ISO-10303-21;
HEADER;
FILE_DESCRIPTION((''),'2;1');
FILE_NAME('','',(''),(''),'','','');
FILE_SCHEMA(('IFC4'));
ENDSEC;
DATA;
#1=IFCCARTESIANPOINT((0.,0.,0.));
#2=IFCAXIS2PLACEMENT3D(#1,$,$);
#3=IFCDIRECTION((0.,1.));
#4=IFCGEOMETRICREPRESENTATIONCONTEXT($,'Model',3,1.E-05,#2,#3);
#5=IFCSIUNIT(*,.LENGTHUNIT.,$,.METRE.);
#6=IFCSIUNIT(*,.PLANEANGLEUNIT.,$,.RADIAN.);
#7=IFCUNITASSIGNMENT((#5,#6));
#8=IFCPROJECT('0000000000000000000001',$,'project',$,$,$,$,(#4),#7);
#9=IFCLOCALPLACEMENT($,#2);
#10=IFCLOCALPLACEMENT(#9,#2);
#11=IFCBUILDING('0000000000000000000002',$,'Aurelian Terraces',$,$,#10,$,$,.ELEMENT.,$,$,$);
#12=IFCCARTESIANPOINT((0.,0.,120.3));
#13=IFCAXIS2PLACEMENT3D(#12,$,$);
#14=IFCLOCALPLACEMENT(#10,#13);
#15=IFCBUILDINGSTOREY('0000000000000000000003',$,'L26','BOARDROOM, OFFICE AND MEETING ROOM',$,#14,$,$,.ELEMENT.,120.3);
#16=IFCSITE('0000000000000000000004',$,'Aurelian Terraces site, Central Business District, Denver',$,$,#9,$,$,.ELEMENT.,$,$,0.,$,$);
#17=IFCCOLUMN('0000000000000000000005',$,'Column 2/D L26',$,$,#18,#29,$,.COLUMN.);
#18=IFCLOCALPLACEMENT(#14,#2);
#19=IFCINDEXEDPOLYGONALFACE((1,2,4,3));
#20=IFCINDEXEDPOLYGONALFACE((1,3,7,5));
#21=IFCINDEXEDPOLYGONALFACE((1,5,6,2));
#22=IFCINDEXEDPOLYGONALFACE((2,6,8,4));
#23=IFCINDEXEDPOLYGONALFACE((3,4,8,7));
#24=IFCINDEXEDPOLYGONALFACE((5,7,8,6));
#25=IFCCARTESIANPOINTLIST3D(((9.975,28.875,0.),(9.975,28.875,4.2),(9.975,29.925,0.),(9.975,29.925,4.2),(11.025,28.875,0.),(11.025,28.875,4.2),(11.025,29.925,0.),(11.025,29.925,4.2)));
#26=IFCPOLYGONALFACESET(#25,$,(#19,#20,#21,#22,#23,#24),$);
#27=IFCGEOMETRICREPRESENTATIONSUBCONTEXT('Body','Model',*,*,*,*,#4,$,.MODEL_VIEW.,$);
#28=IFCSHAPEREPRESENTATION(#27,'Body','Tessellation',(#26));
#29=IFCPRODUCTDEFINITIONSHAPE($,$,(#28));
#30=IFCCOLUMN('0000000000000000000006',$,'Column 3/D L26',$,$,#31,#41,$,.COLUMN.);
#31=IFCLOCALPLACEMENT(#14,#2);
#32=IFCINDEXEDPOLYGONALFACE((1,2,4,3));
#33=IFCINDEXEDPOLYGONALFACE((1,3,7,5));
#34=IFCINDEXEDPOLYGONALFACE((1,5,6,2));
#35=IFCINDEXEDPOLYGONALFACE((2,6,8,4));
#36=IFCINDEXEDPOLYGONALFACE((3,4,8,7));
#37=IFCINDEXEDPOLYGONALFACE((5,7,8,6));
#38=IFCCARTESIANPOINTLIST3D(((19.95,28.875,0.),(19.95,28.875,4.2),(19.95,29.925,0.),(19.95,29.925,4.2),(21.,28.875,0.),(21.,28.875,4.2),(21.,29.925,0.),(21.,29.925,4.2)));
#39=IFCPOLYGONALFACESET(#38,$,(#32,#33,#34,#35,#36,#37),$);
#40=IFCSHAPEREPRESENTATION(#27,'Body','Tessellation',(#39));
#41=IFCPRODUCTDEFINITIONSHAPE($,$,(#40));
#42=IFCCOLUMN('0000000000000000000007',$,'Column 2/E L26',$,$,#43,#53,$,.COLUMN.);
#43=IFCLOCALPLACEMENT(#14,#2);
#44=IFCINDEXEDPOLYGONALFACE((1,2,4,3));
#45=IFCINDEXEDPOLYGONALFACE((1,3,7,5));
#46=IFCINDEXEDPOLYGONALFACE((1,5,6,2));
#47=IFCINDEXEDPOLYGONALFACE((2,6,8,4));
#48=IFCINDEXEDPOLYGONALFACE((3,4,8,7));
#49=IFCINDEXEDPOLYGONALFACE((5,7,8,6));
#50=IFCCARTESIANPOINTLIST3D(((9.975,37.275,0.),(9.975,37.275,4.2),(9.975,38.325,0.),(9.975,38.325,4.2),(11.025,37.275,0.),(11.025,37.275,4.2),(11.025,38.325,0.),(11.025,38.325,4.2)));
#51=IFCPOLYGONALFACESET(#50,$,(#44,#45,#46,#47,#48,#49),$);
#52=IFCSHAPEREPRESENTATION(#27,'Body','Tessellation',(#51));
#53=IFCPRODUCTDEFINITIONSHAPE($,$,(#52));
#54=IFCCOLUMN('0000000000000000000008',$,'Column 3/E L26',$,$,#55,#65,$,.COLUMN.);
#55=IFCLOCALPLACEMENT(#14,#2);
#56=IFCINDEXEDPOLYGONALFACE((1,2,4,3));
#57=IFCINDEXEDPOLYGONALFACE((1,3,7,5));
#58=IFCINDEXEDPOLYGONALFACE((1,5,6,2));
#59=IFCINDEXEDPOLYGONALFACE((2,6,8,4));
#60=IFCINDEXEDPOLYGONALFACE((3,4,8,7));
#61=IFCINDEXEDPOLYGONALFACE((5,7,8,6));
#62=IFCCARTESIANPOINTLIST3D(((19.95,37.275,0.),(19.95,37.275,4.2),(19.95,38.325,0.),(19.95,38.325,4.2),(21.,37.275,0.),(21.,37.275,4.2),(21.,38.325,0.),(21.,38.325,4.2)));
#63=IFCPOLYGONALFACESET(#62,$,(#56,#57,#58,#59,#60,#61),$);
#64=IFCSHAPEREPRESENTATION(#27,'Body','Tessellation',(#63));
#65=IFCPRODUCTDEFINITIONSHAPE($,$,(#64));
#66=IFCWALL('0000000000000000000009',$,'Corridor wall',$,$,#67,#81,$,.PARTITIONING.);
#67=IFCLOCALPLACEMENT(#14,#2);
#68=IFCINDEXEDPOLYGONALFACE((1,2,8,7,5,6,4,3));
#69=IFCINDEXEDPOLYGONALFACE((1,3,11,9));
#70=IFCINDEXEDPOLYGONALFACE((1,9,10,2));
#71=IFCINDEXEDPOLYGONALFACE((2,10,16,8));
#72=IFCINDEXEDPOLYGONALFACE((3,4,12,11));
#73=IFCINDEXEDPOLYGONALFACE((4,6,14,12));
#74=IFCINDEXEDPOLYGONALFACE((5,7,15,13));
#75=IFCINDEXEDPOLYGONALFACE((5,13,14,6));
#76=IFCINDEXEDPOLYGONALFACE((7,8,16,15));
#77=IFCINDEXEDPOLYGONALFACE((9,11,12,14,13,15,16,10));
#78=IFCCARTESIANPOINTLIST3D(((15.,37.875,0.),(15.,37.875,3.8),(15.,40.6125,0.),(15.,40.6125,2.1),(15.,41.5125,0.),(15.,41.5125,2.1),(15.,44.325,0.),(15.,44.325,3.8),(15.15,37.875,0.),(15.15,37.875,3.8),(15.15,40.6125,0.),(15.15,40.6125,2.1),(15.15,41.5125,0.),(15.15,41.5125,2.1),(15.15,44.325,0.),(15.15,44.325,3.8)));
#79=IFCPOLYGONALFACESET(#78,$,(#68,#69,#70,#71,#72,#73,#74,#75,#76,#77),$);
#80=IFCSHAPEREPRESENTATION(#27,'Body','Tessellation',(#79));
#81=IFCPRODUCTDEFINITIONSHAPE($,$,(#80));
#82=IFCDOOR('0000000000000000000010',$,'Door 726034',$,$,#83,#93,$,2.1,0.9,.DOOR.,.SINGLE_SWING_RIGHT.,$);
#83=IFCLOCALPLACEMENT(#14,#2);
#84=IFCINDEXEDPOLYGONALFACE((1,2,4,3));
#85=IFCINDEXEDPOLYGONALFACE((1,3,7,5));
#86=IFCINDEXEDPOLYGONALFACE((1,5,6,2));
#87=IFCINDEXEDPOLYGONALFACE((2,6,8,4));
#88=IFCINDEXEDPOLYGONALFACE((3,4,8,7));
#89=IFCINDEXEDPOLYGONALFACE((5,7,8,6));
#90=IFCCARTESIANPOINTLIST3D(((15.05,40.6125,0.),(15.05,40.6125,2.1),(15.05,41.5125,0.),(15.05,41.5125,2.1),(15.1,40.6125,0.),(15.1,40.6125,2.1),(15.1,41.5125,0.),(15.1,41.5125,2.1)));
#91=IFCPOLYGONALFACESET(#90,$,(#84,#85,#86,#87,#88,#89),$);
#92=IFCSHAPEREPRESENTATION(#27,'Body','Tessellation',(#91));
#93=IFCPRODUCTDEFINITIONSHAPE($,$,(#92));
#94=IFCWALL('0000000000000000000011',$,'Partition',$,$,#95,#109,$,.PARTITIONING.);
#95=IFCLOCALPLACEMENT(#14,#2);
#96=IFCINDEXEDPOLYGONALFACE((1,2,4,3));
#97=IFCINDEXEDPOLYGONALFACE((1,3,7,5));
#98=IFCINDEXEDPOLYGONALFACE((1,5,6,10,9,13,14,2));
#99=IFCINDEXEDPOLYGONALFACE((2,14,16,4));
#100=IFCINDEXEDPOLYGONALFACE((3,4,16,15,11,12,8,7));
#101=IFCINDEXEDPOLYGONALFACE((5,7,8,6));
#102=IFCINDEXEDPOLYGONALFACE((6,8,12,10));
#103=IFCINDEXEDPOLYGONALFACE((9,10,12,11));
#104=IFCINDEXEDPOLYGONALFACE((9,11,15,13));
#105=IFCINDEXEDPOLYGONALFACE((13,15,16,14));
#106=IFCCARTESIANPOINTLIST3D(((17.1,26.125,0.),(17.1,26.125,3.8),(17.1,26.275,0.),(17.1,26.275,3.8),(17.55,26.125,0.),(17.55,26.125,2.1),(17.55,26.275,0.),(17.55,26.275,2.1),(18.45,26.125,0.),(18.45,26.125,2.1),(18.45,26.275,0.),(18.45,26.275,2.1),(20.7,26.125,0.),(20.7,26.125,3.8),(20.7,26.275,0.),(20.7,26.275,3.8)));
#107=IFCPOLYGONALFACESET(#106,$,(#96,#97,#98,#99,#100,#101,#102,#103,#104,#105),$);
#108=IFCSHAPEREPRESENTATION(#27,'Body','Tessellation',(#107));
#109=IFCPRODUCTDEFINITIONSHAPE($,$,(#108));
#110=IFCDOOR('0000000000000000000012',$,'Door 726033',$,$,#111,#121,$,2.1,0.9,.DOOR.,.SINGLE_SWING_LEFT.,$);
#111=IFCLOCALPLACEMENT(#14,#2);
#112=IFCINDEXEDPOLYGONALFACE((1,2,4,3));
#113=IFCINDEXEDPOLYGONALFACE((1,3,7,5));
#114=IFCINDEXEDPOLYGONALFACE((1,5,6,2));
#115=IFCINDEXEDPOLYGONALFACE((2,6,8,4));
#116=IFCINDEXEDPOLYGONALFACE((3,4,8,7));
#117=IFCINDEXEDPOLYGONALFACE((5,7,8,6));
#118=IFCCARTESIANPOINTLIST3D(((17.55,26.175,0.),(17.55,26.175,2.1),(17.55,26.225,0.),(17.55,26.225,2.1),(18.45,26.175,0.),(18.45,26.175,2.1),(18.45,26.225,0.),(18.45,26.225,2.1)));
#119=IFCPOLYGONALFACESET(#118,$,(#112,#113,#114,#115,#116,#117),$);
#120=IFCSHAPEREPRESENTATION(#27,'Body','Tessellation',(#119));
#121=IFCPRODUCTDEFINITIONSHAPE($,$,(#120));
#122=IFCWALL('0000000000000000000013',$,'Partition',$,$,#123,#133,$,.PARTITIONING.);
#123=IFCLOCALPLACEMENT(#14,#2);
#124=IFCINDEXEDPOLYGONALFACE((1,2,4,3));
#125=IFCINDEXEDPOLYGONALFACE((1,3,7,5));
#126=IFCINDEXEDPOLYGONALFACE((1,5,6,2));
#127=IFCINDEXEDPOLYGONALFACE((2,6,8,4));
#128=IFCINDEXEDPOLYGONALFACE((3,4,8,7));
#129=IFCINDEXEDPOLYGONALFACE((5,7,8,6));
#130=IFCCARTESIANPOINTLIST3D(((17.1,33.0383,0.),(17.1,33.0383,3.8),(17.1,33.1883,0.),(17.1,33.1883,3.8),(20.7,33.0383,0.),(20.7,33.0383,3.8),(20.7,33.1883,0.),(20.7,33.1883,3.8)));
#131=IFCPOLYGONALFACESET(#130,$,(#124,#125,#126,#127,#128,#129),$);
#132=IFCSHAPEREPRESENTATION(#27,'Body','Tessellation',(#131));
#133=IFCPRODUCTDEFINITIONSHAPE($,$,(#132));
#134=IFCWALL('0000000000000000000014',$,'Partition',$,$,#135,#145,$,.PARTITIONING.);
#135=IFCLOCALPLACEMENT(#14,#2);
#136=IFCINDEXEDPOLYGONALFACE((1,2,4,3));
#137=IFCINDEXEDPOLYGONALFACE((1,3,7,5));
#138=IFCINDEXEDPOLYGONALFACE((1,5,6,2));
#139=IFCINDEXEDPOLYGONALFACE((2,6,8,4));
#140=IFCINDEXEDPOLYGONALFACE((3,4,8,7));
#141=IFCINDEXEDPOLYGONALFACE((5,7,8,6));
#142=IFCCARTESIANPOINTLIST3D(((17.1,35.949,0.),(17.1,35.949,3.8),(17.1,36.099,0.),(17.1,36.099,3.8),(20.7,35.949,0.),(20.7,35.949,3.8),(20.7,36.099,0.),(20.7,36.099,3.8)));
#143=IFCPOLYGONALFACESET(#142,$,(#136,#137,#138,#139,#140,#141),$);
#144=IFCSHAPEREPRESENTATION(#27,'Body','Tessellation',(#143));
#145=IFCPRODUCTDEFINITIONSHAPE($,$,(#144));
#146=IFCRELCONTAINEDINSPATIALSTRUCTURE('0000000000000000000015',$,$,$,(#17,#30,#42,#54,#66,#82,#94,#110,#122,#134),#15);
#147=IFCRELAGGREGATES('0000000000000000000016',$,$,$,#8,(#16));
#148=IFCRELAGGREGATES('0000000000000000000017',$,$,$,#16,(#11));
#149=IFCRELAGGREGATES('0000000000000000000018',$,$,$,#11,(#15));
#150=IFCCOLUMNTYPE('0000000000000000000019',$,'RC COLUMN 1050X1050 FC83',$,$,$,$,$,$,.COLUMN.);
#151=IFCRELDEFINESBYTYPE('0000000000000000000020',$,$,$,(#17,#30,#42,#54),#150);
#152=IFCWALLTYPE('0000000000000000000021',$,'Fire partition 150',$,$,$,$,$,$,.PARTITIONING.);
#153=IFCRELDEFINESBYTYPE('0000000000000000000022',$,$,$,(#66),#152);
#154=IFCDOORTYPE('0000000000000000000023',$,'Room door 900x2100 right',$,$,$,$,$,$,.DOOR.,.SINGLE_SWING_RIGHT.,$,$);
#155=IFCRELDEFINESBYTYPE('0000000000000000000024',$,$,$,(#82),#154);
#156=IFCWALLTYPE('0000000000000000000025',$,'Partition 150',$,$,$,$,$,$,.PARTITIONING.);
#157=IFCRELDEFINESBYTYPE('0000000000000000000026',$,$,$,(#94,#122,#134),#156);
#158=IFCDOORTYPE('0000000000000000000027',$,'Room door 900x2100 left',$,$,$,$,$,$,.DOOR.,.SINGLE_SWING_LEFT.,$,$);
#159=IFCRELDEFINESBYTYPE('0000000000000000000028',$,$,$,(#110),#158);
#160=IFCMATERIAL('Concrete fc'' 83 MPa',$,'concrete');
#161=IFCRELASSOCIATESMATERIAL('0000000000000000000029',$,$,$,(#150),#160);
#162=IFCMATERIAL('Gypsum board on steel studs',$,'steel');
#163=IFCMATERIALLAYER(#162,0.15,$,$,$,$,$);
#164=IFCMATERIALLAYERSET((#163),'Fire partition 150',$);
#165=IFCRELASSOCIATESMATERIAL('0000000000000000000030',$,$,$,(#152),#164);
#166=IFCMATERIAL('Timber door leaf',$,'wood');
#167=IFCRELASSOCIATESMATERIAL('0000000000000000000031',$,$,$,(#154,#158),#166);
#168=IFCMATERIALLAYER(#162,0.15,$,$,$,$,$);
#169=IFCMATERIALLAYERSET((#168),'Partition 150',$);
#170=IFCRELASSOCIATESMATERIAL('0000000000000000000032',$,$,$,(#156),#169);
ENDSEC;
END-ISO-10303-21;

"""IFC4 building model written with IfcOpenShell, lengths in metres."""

from ifc_helpers import new_model, si_unit, direction, frame, frame_2d, origin, origin_2d, place, context, subcontext, project, spatial, rectangle, extrude, source, transform, mapped, material, layer, layer_set, material_profile, profile_set, type_object, element, fill, save


model = new_model("IFC4")

# Units and contexts
model_context = context("Model", 3, precision=1e-05, world=origin(), true_north=direction((0.0, 1.0)))
body_context = subcontext(model_context, "Body", "Model", "MODEL_VIEW")
ifc_project = project(units=[si_unit("LENGTHUNIT", "METRE"), si_unit("PLANEANGLEUNIT", "RADIAN")], contexts=[model_context])

# Site, building, storey
site_placement = place(None, origin())
site = spatial("IfcSite", under=ifc_project, at=site_placement, Name="Aurelian Terraces site, Central Business District, Denver", CompositionType="ELEMENT", RefElevation=0.0)
building_placement = place(site_placement, origin())
building = spatial("IfcBuilding", under=site, at=building_placement, Name="Aurelian Terraces", CompositionType="ELEMENT")
storey_placement = place(building_placement, frame((0.0, 0.0, 120.3)))
storey = spatial("IfcBuildingStorey", under=building, at=storey_placement, Name="L26", Description="BOARDROOM, OFFICE AND MEETING ROOM", CompositionType="ELEMENT", Elevation=120.3)

# Columns
ifc_material_1 = material(Name="Concrete fc' 83 MPa", Category="concrete")
ifc_material_profile = material_profile(ifc_material_1, rectangle(XDim=1.05, YDim=1.05, at=origin_2d()))
ifc_profile_set = profile_set([ifc_material_profile], Name="Concrete fc' 83 MPa")
column_type = type_object("IfcColumnType", Name="RC COLUMN 1050X1050 FC83", PredefinedType="COLUMN", material=ifc_profile_set)
shared_shape_1 = source(origin(), body_context, "Body", "SweptSolid", [
    extrude(rectangle(XDim=1.05, YDim=1.05, at=origin_2d()), origin(), (0.0, 0.0, 1.0), 4.2),
])
for number, where, z_axis, x_axis, name in (
    (1, (10.5, 29.4, 0.0), (0.0, 0.0, 1.0), (1.0, 0.0, 0.0), "Column 2/D L26"),
    (2, (20.475, 29.4, 0.0), (0.0, 0.0, 1.0), (1.0, 0.0, 0.0), "Column 3/D L26"),
    (3, (10.5, 37.8, 0.0), (0.0, 0.0, 1.0), (1.0, 0.0, 0.0), "Column 2/E L26"),
    (4, (20.475, 37.8, 0.0), (0.0, 0.0, 1.0), (1.0, 0.0, 0.0), "Column 3/E L26"),
):
    element("IfcColumn", number, at=place(storey_placement, frame(where, z_axis=z_axis, x_axis=x_axis)), inside=storey, type_object=column_type, Name=name, PredefinedType="COLUMN", context=body_context, shape_type="MappedRepresentation", body=[
        mapped(shared_shape_1, transform((0.0, 0.0, 0.0), scale=1.0)),
    ])

# Walls, openings, doors
ifc_material_2 = material(Name="Gypsum board on steel studs", Category="steel")
ifc_layer_1 = layer(ifc_material_2, 0.15)
ifc_layer_set_1 = layer_set([ifc_layer_1], Name="Fire partition 150")
wall_type_1 = type_object("IfcWallType", Name="Fire partition 150", PredefinedType="PARTITIONING", material=ifc_layer_set_1)
shared_shape_2 = source(origin(), body_context, "Body", "SweptSolid", [
    extrude(rectangle(XDim=6.45, YDim=0.15, at=frame_2d((3.225, 0.0))), origin(), (0.0, 0.0, 1.0), 3.8),
])
wall_1_placement = place(storey_placement, frame((15.075, 37.875, 0.0), z_axis=(0.0, 0.0, 1.0), x_axis=(0.0, 1.0, 0.0)))
wall_1 = element("IfcWall", 5, at=wall_1_placement, inside=storey, type_object=wall_type_1, Name="Corridor wall", PredefinedType="PARTITIONING", context=body_context, shape_type="MappedRepresentation", body=[
    mapped(shared_shape_2, transform((0.0, 0.0, 0.0), scale=1.0)),
])
shared_shape_3 = source(origin(), body_context, "Body", "SweptSolid", [
    extrude(rectangle(XDim=0.9, YDim=2.1, at=frame_2d((0.45, 1.05))), frame((0.0, 0.085, 0.0), z_axis=(0.0, -1.0, 0.0), x_axis=(1.0, 0.0, 0.0)), (0.0, 0.0, 1.0), 0.17),
])
opening_1_placement = place(wall_1_placement, frame((2.7375, 0.0, 0.0)))
opening_1 = element("IfcOpeningElement", 6, at=opening_1_placement, cuts=wall_1, PredefinedType="OPENING", context=body_context, shape_type="MappedRepresentation", body=[
    mapped(shared_shape_3, transform((0.0, 0.0, 0.0), scale=1.0)),
])
ifc_material_3 = material(Name="Timber door leaf", Category="wood")
door_type_1 = type_object("IfcDoorType", Name="Room door 900x2100 right", OperationType="SINGLE_SWING_RIGHT", PredefinedType="DOOR", material=ifc_material_3)
shared_shape_4 = source(origin(), body_context, "Body", "SweptSolid", [
    extrude(rectangle(XDim=0.9, YDim=2.1, at=frame_2d((0.45, 1.05))), frame((0.0, 0.025, 0.0), z_axis=(0.0, -1.0, 0.0), x_axis=(1.0, 0.0, 0.0)), (0.0, 0.0, 1.0), 0.05),
])
door_1_placement = place(opening_1_placement, origin())
door_1 = element("IfcDoor", 7, at=door_1_placement, inside=storey, type_object=door_type_1, Name="Door 726034", OperationType="SINGLE_SWING_RIGHT", OverallHeight=2.1, OverallWidth=0.9, PredefinedType="DOOR", context=body_context, shape_type="MappedRepresentation", body=[
    mapped(shared_shape_4, transform((0.0, 0.0, 0.0), scale=1.0)),
])
fill(opening_1, door_1)
ifc_layer_2 = layer(ifc_material_2, 0.15)
ifc_layer_set_2 = layer_set([ifc_layer_2], Name="Partition 150")
wall_type_2 = type_object("IfcWallType", Name="Partition 150", PredefinedType="PARTITIONING", material=ifc_layer_set_2)
shared_shape_5 = source(origin(), body_context, "Body", "SweptSolid", [
    extrude(rectangle(XDim=3.6, YDim=0.15, at=frame_2d((1.8, 0.0))), origin(), (0.0, 0.0, 1.0), 3.8),
])
wall_2_placement = place(storey_placement, frame((17.1, 26.2, 0.0), z_axis=(0.0, 0.0, 1.0), x_axis=(1.0, 0.0, 0.0)))
wall_2 = element("IfcWall", 8, at=wall_2_placement, inside=storey, type_object=wall_type_2, Name="Partition", PredefinedType="PARTITIONING", context=body_context, shape_type="MappedRepresentation", body=[
    mapped(shared_shape_5, transform((0.0, 0.0, 0.0), scale=1.0)),
])
opening_2_placement = place(wall_2_placement, frame((0.45, 0.0, 0.0)))
opening_2 = element("IfcOpeningElement", 9, at=opening_2_placement, cuts=wall_2, PredefinedType="OPENING", context=body_context, shape_type="MappedRepresentation", body=[
    mapped(shared_shape_3, transform((0.0, 0.0, 0.0), scale=1.0)),
])
door_type_2 = type_object("IfcDoorType", Name="Room door 900x2100 left", OperationType="SINGLE_SWING_LEFT", PredefinedType="DOOR", material=ifc_material_3)
door_2_placement = place(opening_2_placement, origin())
door_2 = element("IfcDoor", 10, at=door_2_placement, inside=storey, type_object=door_type_2, Name="Door 726033", OperationType="SINGLE_SWING_LEFT", OverallHeight=2.1, OverallWidth=0.9, PredefinedType="DOOR", context=body_context, shape_type="MappedRepresentation", body=[
    mapped(shared_shape_4, transform((0.0, 0.0, 0.0), scale=1.0)),
])
fill(opening_2, door_2)

# Walls
for number, where, z_axis, x_axis, name in (
    (11, (17.1, 33.1133, 0.0), (0.0, 0.0, 1.0), (1.0, 0.0, 0.0), "Partition"),
    (12, (17.1, 36.024, 0.0), (0.0, 0.0, 1.0), (1.0, 0.0, 0.0), "Partition"),
):
    element("IfcWall", number, at=place(storey_placement, frame(where, z_axis=z_axis, x_axis=x_axis)), inside=storey, type_object=wall_type_2, Name=name, PredefinedType="PARTITIONING", context=body_context, shape_type="MappedRepresentation", body=[
        mapped(shared_shape_5, transform((0.0, 0.0, 0.0), scale=1.0)),
    ])

save(model, "model.ifc")
